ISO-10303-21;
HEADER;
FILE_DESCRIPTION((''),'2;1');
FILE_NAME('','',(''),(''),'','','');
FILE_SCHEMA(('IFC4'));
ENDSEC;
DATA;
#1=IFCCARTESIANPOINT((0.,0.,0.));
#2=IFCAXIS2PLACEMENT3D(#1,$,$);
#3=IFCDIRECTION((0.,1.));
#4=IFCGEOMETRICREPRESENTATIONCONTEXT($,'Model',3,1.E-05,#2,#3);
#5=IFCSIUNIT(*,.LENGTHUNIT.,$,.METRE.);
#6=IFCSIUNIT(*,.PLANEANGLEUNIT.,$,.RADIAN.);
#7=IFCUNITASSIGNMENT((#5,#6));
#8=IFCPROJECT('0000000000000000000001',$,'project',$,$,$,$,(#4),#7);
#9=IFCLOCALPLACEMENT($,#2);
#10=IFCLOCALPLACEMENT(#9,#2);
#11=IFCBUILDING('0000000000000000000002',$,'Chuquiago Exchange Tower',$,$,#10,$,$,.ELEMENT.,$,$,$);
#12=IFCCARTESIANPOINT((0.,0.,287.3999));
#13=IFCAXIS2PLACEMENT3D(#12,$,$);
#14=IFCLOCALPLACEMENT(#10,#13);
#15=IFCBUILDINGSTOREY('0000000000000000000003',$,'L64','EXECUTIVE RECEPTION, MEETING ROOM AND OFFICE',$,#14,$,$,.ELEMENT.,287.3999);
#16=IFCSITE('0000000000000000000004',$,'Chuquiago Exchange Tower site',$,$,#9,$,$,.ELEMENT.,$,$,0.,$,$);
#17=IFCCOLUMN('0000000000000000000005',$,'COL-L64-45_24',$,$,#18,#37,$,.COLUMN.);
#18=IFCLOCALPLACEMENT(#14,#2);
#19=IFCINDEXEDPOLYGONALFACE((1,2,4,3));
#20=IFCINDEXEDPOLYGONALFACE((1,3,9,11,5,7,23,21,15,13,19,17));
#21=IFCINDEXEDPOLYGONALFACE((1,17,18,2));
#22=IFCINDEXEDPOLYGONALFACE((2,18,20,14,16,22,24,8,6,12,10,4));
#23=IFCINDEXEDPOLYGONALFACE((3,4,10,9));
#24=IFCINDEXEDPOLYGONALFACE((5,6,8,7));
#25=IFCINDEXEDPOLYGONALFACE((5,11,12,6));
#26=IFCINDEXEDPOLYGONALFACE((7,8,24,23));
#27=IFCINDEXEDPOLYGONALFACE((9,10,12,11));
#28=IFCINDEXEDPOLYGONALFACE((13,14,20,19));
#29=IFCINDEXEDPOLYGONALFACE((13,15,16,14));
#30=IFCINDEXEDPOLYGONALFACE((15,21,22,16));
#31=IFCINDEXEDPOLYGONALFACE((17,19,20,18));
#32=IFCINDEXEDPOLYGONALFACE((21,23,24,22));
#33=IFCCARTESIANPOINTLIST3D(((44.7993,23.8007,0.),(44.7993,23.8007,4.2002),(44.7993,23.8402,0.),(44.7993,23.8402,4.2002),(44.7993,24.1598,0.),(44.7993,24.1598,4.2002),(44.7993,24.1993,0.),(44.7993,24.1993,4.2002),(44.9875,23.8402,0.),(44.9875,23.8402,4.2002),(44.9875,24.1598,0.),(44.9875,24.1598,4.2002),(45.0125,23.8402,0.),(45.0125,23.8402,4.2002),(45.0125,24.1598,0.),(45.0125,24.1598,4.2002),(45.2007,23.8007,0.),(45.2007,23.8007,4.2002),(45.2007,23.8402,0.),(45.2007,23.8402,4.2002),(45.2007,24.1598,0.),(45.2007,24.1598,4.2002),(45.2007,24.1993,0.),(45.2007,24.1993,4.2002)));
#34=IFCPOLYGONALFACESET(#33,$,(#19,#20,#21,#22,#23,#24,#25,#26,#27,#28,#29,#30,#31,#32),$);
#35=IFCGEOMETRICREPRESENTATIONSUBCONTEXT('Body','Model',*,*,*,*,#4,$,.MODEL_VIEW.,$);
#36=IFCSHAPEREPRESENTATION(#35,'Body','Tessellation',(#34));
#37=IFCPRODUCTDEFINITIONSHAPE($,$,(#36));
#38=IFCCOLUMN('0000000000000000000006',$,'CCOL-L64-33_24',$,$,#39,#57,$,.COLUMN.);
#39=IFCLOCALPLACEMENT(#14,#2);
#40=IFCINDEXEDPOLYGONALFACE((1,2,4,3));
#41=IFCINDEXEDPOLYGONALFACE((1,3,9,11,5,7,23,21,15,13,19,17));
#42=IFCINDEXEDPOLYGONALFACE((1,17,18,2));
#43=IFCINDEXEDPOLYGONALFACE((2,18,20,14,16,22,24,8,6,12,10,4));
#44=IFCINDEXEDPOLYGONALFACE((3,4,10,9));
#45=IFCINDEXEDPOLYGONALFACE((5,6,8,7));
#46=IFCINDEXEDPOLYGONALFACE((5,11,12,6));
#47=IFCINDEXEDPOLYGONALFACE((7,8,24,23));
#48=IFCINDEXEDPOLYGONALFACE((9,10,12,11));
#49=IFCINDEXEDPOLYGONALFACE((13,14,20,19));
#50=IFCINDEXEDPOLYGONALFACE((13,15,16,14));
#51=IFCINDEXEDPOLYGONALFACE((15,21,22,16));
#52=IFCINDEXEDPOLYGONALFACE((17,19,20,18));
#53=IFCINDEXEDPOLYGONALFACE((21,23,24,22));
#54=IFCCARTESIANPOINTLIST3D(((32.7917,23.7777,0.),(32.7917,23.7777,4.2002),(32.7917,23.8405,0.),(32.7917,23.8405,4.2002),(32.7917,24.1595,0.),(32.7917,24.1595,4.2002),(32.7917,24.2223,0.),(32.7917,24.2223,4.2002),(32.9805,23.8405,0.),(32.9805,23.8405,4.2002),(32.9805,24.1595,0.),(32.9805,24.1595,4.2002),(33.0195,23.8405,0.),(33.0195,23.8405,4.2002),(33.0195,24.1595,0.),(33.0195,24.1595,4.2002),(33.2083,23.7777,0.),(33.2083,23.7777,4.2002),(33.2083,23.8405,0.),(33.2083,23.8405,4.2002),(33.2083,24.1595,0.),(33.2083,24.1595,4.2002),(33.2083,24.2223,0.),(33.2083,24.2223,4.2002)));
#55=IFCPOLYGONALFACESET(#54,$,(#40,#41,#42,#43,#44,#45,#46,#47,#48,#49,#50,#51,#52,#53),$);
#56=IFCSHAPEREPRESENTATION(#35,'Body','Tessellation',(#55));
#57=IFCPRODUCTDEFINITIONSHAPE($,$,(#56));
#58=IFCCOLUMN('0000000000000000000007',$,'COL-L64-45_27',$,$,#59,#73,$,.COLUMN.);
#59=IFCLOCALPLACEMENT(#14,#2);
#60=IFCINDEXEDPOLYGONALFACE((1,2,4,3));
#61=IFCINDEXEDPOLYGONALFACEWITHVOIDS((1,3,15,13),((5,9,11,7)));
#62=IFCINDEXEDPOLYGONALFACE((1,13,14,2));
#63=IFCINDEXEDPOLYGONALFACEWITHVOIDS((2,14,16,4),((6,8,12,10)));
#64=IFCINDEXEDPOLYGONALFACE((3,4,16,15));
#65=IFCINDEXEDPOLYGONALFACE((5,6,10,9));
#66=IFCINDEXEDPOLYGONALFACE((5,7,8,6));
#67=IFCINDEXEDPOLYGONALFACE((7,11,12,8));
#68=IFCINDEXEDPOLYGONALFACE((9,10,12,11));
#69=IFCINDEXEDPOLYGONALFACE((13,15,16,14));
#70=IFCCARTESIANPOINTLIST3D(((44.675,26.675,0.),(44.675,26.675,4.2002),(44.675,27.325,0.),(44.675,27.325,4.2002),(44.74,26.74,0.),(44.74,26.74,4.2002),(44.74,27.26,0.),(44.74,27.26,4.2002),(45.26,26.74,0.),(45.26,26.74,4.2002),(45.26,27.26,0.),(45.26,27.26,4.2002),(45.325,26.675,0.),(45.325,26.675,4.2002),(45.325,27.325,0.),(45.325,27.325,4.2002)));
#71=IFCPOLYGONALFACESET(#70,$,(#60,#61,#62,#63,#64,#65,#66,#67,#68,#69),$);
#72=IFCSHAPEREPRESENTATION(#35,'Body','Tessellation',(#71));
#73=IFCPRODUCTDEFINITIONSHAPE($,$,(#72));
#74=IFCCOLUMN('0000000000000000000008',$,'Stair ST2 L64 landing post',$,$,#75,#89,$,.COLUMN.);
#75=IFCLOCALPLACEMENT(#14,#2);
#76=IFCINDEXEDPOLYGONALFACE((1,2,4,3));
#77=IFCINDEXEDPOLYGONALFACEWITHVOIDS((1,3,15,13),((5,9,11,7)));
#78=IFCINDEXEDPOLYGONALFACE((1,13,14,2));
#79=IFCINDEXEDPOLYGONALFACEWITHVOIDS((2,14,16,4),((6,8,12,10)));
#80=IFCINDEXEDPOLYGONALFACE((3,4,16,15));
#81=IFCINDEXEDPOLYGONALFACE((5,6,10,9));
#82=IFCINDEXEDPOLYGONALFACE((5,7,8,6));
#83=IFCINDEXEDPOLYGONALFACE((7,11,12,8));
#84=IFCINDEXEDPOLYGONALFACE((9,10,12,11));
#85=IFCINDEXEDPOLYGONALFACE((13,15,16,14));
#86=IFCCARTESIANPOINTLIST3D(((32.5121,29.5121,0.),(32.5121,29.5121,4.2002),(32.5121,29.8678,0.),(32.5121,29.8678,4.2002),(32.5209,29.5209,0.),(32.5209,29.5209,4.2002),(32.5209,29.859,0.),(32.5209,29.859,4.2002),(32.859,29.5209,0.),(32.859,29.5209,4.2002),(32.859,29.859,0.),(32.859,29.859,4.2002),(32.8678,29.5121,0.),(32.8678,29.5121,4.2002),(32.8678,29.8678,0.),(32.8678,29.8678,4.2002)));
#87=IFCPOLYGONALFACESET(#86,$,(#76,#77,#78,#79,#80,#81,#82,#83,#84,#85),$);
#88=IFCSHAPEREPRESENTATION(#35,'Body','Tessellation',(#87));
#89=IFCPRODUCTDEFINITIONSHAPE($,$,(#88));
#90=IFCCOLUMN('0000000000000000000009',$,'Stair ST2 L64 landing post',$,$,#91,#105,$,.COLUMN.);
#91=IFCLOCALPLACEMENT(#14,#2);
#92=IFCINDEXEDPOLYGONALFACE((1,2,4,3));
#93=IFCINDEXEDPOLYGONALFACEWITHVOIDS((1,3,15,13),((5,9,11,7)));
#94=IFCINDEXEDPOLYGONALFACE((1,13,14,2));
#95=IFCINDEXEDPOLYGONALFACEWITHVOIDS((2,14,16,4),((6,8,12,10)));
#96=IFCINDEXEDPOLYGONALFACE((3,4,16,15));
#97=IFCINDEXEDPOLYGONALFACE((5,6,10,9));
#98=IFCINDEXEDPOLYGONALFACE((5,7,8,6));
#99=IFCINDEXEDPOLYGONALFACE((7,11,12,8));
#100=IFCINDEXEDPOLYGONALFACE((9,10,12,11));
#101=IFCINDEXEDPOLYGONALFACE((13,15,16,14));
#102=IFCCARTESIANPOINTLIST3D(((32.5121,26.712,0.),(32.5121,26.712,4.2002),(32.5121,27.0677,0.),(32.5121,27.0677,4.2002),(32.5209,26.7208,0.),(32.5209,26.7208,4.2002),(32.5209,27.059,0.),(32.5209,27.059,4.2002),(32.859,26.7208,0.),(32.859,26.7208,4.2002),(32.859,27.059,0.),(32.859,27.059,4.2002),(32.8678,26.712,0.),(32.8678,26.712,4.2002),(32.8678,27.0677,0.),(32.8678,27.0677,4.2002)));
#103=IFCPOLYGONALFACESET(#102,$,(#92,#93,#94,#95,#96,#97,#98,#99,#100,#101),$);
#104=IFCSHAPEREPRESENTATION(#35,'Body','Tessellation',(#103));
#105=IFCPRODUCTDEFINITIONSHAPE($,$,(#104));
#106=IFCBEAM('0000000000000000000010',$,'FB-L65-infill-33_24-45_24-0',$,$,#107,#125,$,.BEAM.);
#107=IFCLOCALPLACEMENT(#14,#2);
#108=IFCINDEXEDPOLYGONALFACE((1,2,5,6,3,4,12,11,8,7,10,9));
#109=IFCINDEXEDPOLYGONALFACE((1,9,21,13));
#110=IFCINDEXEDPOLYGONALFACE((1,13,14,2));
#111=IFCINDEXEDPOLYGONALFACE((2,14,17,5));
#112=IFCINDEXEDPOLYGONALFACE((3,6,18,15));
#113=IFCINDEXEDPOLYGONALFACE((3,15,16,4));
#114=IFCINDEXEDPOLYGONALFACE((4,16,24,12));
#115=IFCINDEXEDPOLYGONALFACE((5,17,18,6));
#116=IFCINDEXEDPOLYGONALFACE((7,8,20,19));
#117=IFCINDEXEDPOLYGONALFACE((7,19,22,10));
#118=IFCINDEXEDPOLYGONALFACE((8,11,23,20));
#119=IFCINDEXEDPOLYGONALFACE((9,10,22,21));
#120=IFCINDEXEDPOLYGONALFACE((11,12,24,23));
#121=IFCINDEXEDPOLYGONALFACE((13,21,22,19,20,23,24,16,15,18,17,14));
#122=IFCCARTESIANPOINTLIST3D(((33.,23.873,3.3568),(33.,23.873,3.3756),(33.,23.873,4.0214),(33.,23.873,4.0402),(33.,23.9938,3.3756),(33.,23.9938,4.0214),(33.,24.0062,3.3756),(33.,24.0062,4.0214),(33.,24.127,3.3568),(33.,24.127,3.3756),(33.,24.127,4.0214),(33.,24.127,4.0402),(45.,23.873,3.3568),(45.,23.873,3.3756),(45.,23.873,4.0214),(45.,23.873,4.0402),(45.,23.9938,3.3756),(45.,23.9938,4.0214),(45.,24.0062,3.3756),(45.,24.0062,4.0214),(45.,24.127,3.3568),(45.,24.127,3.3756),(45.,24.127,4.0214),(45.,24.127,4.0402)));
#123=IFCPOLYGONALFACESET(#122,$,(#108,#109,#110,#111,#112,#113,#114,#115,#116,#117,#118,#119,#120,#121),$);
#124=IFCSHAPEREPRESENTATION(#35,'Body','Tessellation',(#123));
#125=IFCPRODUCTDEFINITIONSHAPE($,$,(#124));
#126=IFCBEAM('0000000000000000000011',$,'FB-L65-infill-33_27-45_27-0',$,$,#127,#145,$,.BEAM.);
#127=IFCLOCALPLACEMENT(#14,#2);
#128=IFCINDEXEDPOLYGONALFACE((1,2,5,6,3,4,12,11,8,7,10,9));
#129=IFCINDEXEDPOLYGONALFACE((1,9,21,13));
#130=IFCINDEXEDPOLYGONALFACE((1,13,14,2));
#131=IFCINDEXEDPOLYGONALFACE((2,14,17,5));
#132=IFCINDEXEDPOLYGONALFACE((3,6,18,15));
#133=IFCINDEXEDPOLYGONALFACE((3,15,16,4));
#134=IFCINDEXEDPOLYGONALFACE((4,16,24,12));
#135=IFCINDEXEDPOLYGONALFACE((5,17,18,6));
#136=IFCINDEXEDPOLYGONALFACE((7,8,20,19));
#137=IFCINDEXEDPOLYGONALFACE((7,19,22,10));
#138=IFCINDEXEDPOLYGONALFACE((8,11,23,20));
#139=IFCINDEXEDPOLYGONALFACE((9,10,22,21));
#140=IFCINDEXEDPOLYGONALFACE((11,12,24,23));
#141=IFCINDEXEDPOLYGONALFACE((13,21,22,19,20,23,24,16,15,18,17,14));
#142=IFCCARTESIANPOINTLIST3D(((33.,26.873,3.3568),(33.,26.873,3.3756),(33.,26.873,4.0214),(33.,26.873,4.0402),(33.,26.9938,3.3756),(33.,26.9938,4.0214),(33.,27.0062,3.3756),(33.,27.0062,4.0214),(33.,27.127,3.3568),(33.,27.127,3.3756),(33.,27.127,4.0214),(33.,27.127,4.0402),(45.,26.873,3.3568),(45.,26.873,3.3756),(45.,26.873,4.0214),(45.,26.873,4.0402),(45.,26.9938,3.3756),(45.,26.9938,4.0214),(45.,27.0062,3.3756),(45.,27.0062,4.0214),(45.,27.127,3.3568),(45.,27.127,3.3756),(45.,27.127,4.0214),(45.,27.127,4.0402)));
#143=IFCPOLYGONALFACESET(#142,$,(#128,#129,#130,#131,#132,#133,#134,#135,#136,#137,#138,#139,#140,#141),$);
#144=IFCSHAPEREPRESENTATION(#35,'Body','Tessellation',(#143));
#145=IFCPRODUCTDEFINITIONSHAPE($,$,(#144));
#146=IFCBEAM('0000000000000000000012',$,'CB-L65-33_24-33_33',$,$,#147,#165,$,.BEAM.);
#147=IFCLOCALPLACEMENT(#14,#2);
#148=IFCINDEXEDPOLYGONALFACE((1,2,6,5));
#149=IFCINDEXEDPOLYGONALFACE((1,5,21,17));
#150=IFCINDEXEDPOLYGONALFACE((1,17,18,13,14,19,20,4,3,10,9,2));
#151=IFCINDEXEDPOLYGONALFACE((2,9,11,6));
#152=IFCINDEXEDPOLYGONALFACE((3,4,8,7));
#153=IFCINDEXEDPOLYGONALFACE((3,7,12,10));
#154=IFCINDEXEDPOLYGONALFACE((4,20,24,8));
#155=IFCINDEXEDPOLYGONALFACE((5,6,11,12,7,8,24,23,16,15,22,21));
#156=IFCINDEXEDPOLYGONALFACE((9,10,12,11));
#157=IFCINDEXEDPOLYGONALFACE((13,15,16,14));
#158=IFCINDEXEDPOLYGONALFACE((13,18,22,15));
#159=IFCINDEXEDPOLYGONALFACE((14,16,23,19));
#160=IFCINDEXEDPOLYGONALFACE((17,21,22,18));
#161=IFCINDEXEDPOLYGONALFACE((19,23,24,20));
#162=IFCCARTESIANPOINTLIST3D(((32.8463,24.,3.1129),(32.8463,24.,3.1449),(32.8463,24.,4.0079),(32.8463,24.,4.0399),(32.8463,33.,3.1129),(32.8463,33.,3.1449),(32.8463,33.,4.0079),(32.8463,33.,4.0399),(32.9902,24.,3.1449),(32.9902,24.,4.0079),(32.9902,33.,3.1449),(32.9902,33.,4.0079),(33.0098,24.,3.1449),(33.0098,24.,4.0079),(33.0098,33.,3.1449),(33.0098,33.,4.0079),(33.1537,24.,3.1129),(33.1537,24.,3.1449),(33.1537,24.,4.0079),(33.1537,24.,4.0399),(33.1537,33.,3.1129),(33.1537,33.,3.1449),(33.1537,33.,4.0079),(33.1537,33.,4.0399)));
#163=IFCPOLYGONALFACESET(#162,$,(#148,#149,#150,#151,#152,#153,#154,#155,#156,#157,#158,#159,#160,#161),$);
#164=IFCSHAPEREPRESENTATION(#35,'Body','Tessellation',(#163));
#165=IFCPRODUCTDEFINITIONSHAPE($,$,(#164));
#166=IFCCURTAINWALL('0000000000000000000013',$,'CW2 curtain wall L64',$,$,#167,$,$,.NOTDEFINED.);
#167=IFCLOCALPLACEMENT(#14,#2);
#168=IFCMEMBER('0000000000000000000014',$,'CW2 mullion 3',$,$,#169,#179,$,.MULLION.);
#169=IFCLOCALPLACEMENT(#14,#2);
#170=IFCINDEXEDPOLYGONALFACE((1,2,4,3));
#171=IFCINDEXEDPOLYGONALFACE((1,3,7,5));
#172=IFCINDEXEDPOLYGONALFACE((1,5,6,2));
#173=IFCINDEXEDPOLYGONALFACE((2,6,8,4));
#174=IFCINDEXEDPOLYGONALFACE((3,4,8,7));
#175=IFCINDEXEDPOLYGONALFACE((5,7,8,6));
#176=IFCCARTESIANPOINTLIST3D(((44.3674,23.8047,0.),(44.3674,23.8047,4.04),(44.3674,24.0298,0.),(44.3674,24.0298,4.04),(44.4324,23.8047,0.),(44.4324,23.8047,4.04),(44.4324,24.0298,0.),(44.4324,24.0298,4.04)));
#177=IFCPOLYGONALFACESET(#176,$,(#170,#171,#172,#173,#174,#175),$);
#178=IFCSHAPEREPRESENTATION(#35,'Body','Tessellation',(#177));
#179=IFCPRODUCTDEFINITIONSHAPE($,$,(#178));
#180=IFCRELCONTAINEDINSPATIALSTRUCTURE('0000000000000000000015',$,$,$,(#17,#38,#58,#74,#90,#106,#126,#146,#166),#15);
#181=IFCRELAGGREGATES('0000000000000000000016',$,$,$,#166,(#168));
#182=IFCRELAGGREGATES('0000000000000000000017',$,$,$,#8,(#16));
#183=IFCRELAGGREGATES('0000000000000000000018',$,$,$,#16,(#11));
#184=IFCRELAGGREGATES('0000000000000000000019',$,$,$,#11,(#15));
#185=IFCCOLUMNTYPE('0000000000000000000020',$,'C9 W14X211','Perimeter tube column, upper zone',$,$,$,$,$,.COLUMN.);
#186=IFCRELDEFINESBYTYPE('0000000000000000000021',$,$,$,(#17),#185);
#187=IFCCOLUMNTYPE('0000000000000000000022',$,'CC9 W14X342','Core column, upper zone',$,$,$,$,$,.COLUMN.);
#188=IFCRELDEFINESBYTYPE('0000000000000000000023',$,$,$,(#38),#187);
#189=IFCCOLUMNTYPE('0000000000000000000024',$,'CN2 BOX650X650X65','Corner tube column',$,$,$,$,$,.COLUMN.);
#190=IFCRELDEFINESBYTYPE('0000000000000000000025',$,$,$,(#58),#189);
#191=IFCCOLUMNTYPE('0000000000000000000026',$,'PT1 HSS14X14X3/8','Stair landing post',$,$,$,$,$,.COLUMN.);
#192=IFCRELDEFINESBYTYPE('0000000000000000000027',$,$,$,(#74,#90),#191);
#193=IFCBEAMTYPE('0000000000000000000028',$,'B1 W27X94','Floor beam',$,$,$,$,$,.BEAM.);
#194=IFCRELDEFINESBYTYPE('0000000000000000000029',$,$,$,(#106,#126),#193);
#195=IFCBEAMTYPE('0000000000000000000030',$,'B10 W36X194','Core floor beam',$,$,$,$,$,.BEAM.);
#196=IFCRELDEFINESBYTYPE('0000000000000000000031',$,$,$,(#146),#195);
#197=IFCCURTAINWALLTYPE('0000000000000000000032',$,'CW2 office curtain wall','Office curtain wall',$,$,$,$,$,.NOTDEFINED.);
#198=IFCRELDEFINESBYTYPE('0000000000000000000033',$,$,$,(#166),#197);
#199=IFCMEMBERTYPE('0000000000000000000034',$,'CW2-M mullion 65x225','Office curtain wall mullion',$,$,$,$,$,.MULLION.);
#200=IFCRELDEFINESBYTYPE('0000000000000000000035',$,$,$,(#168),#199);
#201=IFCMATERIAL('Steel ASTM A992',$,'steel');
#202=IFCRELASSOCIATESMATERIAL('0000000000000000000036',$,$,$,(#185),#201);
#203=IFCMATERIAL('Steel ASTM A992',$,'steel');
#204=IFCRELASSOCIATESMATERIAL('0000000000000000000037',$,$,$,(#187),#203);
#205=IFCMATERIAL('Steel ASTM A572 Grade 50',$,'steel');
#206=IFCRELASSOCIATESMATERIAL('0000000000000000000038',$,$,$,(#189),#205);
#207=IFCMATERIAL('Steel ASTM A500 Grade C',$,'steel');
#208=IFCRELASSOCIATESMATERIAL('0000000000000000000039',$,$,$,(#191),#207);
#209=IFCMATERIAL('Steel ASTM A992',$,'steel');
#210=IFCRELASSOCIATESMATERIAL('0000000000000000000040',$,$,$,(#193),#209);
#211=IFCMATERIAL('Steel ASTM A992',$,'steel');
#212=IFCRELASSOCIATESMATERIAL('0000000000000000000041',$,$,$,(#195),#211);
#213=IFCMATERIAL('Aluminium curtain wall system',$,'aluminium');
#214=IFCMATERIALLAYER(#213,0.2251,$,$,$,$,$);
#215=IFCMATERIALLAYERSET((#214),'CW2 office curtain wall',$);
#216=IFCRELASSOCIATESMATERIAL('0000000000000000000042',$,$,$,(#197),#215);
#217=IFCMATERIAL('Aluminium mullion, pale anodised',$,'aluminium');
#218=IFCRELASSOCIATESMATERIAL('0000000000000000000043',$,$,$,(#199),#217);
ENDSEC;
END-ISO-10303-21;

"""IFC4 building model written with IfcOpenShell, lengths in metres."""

from ifc_helpers import new_model, si_unit, direction, frame, origin, origin_2d, place, context, subcontext, project, spatial, rectangle, hollow_rectangle, i_section, extrude, material, layer, layer_set, material_profile, profile_set, type_object, element, aggregate, save


model = new_model("IFC4")

# Units and contexts
model_context = context("Model", 3, precision=1e-05, world=origin(), true_north=direction((0.0, 1.0)))
body_context = subcontext(model_context, "Body", "Model", "MODEL_VIEW")
ifc_project = project(units=[si_unit("LENGTHUNIT", "METRE"), si_unit("PLANEANGLEUNIT", "RADIAN")], contexts=[model_context])

# Site, building, storey
site_placement = place(None, origin())
site = spatial("IfcSite", under=ifc_project, at=site_placement, Name="Chuquiago Exchange Tower site", CompositionType="ELEMENT", RefElevation=0.0)
building_placement = place(site_placement, origin())
building = spatial("IfcBuilding", under=site, at=building_placement, Name="Chuquiago Exchange Tower", CompositionType="ELEMENT")
storey_placement = place(building_placement, frame((0.0, 0.0, 287.3999)))
storey = spatial("IfcBuildingStorey", under=building, at=storey_placement, Name="L64", Description="EXECUTIVE RECEPTION, MEETING ROOM AND OFFICE", CompositionType="ELEMENT", Elevation=287.3999)

# Columns
ifc_material_1 = material(Name="Steel ASTM A992", Category="steel")
ifc_material_profile_1 = material_profile(ifc_material_1, i_section(OverallWidth=0.4014, OverallDepth=0.3987, WebThickness=0.0249, FlangeThickness=0.0396, at=origin_2d()), Name="W14X211")
ifc_profile_set_1 = profile_set([ifc_material_profile_1], Name="Steel ASTM A992")
column_type_1 = type_object("IfcColumnType", Name="C9 W14X211", Description="Perimeter tube column, upper zone", PredefinedType="COLUMN", material=ifc_profile_set_1)
column_1_placement = place(storey_placement, frame((45.0, 24.0, 0.0), z_axis=(0.0, 0.0, 1.0), x_axis=(1.0, 0.0, 0.0)))
element("IfcColumn", 1, at=column_1_placement, inside=storey, type_object=column_type_1, Name="COL-L64-45_24", PredefinedType="COLUMN", context=body_context, shape_type="SweptSolid", body=[
    extrude(i_section(OverallWidth=0.4014, OverallDepth=0.3987, WebThickness=0.0249, FlangeThickness=0.0396, at=origin_2d()), origin(), (0.0, 0.0, 1.0), 4.2002),
])
ifc_material_2 = material(Name="Steel ASTM A992", Category="steel")
ifc_material_profile_2 = material_profile(ifc_material_2, i_section(OverallWidth=0.4165, OverallDepth=0.4446, WebThickness=0.0391, FlangeThickness=0.0627, at=origin_2d()), Name="W14X342")
ifc_profile_set_2 = profile_set([ifc_material_profile_2], Name="Steel ASTM A992")
column_type_2 = type_object("IfcColumnType", Name="CC9 W14X342", Description="Core column, upper zone", PredefinedType="COLUMN", material=ifc_profile_set_2)
column_2_placement = place(storey_placement, frame((33.0, 24.0, 0.0), z_axis=(0.0, 0.0, 1.0), x_axis=(1.0, 0.0, 0.0)))
element("IfcColumn", 2, at=column_2_placement, inside=storey, type_object=column_type_2, Name="CCOL-L64-33_24", PredefinedType="COLUMN", context=body_context, shape_type="SweptSolid", body=[
    extrude(i_section(OverallWidth=0.4165, OverallDepth=0.4446, WebThickness=0.0391, FlangeThickness=0.0627, at=origin_2d()), origin(), (0.0, 0.0, 1.0), 4.2002),
])
ifc_material_3 = material(Name="Steel ASTM A572 Grade 50", Category="steel")
ifc_material_profile_3 = material_profile(ifc_material_3, hollow_rectangle(XDim=0.6499, YDim=0.6499, WallThickness=0.0649, at=origin_2d()), Name="BOX650X650X65")
ifc_profile_set_3 = profile_set([ifc_material_profile_3], Name="Steel ASTM A572 Grade 50")
column_type_3 = type_object("IfcColumnType", Name="CN2 BOX650X650X65", Description="Corner tube column", PredefinedType="COLUMN", material=ifc_profile_set_3)
column_3_placement = place(storey_placement, frame((45.0, 27.0, 0.0), z_axis=(0.0, 0.0, 1.0), x_axis=(1.0, 0.0, 0.0)))
element("IfcColumn", 3, at=column_3_placement, inside=storey, type_object=column_type_3, Name="COL-L64-45_27", PredefinedType="COLUMN", context=body_context, shape_type="SweptSolid", body=[
    extrude(hollow_rectangle(XDim=0.6499, YDim=0.6499, WallThickness=0.0649, at=origin_2d()), origin(), (0.0, 0.0, 1.0), 4.2002),
])
ifc_material_4 = material(Name="Steel ASTM A500 Grade C", Category="steel")
ifc_material_profile_4 = material_profile(ifc_material_4, hollow_rectangle(XDim=0.3557, YDim=0.3557, WallThickness=0.0088, at=origin_2d()), Name="HSS14X14X3/8")
ifc_profile_set_4 = profile_set([ifc_material_profile_4], Name="Steel ASTM A500 Grade C")
column_type_4 = type_object("IfcColumnType", Name="PT1 HSS14X14X3/8", Description="Stair landing post", PredefinedType="COLUMN", material=ifc_profile_set_4)
for number, where, z_axis, x_axis, name in (
    (4, (32.6899, 29.6899, 0.0), (0.0, 0.0, 1.0), (1.0, 0.0, 0.0), "Stair ST2 L64 landing post"),
    (5, (32.6899, 26.8899, 0.0), (0.0, 0.0, 1.0), (1.0, 0.0, 0.0), "Stair ST2 L64 landing post"),
):
    element("IfcColumn", number, at=place(storey_placement, frame(where, z_axis=z_axis, x_axis=x_axis)), inside=storey, type_object=column_type_4, Name=name, PredefinedType="COLUMN", context=body_context, shape_type="SweptSolid", body=[
        extrude(hollow_rectangle(XDim=0.3557, YDim=0.3557, WallThickness=0.0088, at=origin_2d()), origin(), (0.0, 0.0, 1.0), 4.2002),
    ])

# Beams
ifc_material_5 = material(Name="Steel ASTM A992", Category="steel")
ifc_material_profile_5 = material_profile(ifc_material_5, i_section(OverallWidth=0.2539, OverallDepth=0.6833, WebThickness=0.0125, FlangeThickness=0.0188, at=origin_2d()), Name="W27X94")
ifc_profile_set_5 = profile_set([ifc_material_profile_5], Name="Steel ASTM A992")
beam_type_1 = type_object("IfcBeamType", Name="B1 W27X94", Description="Floor beam", PredefinedType="BEAM", material=ifc_profile_set_5)
for number, where, z_axis, x_axis, name in (
    (6, (33.0, 24.0, 3.6985), (1.0, 0.0, 0.0), (0.0, 1.0, 0.0), "FB-L65-infill-33_24-45_24-0"),
    (7, (33.0, 27.0, 3.6985), (1.0, 0.0, 0.0), (0.0, 1.0, 0.0), "FB-L65-infill-33_27-45_27-0"),
):
    element("IfcBeam", number, at=place(storey_placement, frame(where, z_axis=z_axis, x_axis=x_axis)), inside=storey, type_object=beam_type_1, Name=name, PredefinedType="BEAM", context=body_context, shape_type="SweptSolid", body=[
        extrude(i_section(OverallWidth=0.2539, OverallDepth=0.6833, WebThickness=0.0125, FlangeThickness=0.0188, at=origin_2d()), origin(), (0.0, 0.0, 1.0), 12.0),
    ])
ifc_material_6 = material(Name="Steel ASTM A992", Category="steel")
ifc_material_profile_6 = material_profile(ifc_material_6, i_section(OverallWidth=0.3074, OverallDepth=0.927, WebThickness=0.0195, FlangeThickness=0.032, at=origin_2d()), Name="W36X194")
ifc_profile_set_6 = profile_set([ifc_material_profile_6], Name="Steel ASTM A992")
beam_type_2 = type_object("IfcBeamType", Name="B10 W36X194", Description="Core floor beam", PredefinedType="BEAM", material=ifc_profile_set_6)
beam_1_placement = place(storey_placement, frame((33.0, 24.0, 3.5764), z_axis=(0.0, 1.0, 0.0), x_axis=(-1.0, 0.0, 0.0)))
element("IfcBeam", 8, at=beam_1_placement, inside=storey, type_object=beam_type_2, Name="CB-L65-33_24-33_33", PredefinedType="BEAM", context=body_context, shape_type="SweptSolid", body=[
    extrude(i_section(OverallWidth=0.3074, OverallDepth=0.927, WebThickness=0.0195, FlangeThickness=0.032, at=origin_2d()), origin(), (0.0, 0.0, 1.0), 9.0),
])

# Curtain wall, member
ifc_material_7 = material(Name="Aluminium curtain wall system", Category="aluminium")
ifc_layer_1 = layer(ifc_material_7, 0.2251)
ifc_layer_set_1 = layer_set([ifc_layer_1], Name="CW2 office curtain wall")
curtain_wall_type_1 = type_object("IfcCurtainWallType", Name="CW2 office curtain wall", Description="Office curtain wall", PredefinedType="NOTDEFINED", material=ifc_layer_set_1)
curtain_wall_1_placement = place(storey_placement, origin())
curtain_wall_1 = element("IfcCurtainWall", 9, at=curtain_wall_1_placement, inside=storey, type_object=curtain_wall_type_1, Name="CW2 curtain wall L64", PredefinedType="NOTDEFINED")
ifc_material_8 = material(Name="Aluminium mullion, pale anodised", Category="aluminium")
ifc_material_profile_7 = material_profile(ifc_material_8, rectangle(XDim=0.0649, YDim=0.2251, at=origin_2d()), Name="AL 65x225")
ifc_profile_set_7 = profile_set([ifc_material_profile_7], Name="Aluminium mullion, pale anodised")
member_type_1 = type_object("IfcMemberType", Name="CW2-M mullion 65x225", Description="Office curtain wall mullion", PredefinedType="MULLION", material=ifc_profile_set_7)
member_1_placement = place(storey_placement, frame((44.3999, 23.9172, 0.0), z_axis=(0.0, 0.0, 1.0), x_axis=(-1.0, 0.0, 0.0)))
member_1 = element("IfcMember", 10, at=member_1_placement, type_object=member_type_1, Name="CW2 mullion 3", PredefinedType="MULLION", context=body_context, shape_type="SweptSolid", body=[
    extrude(rectangle(XDim=0.0649, YDim=0.2251, at=origin_2d()), origin(), (0.0, 0.0, 1.0), 4.04),
])

aggregate(curtain_wall_1, [member_1])

save(model, "model.ifc")
